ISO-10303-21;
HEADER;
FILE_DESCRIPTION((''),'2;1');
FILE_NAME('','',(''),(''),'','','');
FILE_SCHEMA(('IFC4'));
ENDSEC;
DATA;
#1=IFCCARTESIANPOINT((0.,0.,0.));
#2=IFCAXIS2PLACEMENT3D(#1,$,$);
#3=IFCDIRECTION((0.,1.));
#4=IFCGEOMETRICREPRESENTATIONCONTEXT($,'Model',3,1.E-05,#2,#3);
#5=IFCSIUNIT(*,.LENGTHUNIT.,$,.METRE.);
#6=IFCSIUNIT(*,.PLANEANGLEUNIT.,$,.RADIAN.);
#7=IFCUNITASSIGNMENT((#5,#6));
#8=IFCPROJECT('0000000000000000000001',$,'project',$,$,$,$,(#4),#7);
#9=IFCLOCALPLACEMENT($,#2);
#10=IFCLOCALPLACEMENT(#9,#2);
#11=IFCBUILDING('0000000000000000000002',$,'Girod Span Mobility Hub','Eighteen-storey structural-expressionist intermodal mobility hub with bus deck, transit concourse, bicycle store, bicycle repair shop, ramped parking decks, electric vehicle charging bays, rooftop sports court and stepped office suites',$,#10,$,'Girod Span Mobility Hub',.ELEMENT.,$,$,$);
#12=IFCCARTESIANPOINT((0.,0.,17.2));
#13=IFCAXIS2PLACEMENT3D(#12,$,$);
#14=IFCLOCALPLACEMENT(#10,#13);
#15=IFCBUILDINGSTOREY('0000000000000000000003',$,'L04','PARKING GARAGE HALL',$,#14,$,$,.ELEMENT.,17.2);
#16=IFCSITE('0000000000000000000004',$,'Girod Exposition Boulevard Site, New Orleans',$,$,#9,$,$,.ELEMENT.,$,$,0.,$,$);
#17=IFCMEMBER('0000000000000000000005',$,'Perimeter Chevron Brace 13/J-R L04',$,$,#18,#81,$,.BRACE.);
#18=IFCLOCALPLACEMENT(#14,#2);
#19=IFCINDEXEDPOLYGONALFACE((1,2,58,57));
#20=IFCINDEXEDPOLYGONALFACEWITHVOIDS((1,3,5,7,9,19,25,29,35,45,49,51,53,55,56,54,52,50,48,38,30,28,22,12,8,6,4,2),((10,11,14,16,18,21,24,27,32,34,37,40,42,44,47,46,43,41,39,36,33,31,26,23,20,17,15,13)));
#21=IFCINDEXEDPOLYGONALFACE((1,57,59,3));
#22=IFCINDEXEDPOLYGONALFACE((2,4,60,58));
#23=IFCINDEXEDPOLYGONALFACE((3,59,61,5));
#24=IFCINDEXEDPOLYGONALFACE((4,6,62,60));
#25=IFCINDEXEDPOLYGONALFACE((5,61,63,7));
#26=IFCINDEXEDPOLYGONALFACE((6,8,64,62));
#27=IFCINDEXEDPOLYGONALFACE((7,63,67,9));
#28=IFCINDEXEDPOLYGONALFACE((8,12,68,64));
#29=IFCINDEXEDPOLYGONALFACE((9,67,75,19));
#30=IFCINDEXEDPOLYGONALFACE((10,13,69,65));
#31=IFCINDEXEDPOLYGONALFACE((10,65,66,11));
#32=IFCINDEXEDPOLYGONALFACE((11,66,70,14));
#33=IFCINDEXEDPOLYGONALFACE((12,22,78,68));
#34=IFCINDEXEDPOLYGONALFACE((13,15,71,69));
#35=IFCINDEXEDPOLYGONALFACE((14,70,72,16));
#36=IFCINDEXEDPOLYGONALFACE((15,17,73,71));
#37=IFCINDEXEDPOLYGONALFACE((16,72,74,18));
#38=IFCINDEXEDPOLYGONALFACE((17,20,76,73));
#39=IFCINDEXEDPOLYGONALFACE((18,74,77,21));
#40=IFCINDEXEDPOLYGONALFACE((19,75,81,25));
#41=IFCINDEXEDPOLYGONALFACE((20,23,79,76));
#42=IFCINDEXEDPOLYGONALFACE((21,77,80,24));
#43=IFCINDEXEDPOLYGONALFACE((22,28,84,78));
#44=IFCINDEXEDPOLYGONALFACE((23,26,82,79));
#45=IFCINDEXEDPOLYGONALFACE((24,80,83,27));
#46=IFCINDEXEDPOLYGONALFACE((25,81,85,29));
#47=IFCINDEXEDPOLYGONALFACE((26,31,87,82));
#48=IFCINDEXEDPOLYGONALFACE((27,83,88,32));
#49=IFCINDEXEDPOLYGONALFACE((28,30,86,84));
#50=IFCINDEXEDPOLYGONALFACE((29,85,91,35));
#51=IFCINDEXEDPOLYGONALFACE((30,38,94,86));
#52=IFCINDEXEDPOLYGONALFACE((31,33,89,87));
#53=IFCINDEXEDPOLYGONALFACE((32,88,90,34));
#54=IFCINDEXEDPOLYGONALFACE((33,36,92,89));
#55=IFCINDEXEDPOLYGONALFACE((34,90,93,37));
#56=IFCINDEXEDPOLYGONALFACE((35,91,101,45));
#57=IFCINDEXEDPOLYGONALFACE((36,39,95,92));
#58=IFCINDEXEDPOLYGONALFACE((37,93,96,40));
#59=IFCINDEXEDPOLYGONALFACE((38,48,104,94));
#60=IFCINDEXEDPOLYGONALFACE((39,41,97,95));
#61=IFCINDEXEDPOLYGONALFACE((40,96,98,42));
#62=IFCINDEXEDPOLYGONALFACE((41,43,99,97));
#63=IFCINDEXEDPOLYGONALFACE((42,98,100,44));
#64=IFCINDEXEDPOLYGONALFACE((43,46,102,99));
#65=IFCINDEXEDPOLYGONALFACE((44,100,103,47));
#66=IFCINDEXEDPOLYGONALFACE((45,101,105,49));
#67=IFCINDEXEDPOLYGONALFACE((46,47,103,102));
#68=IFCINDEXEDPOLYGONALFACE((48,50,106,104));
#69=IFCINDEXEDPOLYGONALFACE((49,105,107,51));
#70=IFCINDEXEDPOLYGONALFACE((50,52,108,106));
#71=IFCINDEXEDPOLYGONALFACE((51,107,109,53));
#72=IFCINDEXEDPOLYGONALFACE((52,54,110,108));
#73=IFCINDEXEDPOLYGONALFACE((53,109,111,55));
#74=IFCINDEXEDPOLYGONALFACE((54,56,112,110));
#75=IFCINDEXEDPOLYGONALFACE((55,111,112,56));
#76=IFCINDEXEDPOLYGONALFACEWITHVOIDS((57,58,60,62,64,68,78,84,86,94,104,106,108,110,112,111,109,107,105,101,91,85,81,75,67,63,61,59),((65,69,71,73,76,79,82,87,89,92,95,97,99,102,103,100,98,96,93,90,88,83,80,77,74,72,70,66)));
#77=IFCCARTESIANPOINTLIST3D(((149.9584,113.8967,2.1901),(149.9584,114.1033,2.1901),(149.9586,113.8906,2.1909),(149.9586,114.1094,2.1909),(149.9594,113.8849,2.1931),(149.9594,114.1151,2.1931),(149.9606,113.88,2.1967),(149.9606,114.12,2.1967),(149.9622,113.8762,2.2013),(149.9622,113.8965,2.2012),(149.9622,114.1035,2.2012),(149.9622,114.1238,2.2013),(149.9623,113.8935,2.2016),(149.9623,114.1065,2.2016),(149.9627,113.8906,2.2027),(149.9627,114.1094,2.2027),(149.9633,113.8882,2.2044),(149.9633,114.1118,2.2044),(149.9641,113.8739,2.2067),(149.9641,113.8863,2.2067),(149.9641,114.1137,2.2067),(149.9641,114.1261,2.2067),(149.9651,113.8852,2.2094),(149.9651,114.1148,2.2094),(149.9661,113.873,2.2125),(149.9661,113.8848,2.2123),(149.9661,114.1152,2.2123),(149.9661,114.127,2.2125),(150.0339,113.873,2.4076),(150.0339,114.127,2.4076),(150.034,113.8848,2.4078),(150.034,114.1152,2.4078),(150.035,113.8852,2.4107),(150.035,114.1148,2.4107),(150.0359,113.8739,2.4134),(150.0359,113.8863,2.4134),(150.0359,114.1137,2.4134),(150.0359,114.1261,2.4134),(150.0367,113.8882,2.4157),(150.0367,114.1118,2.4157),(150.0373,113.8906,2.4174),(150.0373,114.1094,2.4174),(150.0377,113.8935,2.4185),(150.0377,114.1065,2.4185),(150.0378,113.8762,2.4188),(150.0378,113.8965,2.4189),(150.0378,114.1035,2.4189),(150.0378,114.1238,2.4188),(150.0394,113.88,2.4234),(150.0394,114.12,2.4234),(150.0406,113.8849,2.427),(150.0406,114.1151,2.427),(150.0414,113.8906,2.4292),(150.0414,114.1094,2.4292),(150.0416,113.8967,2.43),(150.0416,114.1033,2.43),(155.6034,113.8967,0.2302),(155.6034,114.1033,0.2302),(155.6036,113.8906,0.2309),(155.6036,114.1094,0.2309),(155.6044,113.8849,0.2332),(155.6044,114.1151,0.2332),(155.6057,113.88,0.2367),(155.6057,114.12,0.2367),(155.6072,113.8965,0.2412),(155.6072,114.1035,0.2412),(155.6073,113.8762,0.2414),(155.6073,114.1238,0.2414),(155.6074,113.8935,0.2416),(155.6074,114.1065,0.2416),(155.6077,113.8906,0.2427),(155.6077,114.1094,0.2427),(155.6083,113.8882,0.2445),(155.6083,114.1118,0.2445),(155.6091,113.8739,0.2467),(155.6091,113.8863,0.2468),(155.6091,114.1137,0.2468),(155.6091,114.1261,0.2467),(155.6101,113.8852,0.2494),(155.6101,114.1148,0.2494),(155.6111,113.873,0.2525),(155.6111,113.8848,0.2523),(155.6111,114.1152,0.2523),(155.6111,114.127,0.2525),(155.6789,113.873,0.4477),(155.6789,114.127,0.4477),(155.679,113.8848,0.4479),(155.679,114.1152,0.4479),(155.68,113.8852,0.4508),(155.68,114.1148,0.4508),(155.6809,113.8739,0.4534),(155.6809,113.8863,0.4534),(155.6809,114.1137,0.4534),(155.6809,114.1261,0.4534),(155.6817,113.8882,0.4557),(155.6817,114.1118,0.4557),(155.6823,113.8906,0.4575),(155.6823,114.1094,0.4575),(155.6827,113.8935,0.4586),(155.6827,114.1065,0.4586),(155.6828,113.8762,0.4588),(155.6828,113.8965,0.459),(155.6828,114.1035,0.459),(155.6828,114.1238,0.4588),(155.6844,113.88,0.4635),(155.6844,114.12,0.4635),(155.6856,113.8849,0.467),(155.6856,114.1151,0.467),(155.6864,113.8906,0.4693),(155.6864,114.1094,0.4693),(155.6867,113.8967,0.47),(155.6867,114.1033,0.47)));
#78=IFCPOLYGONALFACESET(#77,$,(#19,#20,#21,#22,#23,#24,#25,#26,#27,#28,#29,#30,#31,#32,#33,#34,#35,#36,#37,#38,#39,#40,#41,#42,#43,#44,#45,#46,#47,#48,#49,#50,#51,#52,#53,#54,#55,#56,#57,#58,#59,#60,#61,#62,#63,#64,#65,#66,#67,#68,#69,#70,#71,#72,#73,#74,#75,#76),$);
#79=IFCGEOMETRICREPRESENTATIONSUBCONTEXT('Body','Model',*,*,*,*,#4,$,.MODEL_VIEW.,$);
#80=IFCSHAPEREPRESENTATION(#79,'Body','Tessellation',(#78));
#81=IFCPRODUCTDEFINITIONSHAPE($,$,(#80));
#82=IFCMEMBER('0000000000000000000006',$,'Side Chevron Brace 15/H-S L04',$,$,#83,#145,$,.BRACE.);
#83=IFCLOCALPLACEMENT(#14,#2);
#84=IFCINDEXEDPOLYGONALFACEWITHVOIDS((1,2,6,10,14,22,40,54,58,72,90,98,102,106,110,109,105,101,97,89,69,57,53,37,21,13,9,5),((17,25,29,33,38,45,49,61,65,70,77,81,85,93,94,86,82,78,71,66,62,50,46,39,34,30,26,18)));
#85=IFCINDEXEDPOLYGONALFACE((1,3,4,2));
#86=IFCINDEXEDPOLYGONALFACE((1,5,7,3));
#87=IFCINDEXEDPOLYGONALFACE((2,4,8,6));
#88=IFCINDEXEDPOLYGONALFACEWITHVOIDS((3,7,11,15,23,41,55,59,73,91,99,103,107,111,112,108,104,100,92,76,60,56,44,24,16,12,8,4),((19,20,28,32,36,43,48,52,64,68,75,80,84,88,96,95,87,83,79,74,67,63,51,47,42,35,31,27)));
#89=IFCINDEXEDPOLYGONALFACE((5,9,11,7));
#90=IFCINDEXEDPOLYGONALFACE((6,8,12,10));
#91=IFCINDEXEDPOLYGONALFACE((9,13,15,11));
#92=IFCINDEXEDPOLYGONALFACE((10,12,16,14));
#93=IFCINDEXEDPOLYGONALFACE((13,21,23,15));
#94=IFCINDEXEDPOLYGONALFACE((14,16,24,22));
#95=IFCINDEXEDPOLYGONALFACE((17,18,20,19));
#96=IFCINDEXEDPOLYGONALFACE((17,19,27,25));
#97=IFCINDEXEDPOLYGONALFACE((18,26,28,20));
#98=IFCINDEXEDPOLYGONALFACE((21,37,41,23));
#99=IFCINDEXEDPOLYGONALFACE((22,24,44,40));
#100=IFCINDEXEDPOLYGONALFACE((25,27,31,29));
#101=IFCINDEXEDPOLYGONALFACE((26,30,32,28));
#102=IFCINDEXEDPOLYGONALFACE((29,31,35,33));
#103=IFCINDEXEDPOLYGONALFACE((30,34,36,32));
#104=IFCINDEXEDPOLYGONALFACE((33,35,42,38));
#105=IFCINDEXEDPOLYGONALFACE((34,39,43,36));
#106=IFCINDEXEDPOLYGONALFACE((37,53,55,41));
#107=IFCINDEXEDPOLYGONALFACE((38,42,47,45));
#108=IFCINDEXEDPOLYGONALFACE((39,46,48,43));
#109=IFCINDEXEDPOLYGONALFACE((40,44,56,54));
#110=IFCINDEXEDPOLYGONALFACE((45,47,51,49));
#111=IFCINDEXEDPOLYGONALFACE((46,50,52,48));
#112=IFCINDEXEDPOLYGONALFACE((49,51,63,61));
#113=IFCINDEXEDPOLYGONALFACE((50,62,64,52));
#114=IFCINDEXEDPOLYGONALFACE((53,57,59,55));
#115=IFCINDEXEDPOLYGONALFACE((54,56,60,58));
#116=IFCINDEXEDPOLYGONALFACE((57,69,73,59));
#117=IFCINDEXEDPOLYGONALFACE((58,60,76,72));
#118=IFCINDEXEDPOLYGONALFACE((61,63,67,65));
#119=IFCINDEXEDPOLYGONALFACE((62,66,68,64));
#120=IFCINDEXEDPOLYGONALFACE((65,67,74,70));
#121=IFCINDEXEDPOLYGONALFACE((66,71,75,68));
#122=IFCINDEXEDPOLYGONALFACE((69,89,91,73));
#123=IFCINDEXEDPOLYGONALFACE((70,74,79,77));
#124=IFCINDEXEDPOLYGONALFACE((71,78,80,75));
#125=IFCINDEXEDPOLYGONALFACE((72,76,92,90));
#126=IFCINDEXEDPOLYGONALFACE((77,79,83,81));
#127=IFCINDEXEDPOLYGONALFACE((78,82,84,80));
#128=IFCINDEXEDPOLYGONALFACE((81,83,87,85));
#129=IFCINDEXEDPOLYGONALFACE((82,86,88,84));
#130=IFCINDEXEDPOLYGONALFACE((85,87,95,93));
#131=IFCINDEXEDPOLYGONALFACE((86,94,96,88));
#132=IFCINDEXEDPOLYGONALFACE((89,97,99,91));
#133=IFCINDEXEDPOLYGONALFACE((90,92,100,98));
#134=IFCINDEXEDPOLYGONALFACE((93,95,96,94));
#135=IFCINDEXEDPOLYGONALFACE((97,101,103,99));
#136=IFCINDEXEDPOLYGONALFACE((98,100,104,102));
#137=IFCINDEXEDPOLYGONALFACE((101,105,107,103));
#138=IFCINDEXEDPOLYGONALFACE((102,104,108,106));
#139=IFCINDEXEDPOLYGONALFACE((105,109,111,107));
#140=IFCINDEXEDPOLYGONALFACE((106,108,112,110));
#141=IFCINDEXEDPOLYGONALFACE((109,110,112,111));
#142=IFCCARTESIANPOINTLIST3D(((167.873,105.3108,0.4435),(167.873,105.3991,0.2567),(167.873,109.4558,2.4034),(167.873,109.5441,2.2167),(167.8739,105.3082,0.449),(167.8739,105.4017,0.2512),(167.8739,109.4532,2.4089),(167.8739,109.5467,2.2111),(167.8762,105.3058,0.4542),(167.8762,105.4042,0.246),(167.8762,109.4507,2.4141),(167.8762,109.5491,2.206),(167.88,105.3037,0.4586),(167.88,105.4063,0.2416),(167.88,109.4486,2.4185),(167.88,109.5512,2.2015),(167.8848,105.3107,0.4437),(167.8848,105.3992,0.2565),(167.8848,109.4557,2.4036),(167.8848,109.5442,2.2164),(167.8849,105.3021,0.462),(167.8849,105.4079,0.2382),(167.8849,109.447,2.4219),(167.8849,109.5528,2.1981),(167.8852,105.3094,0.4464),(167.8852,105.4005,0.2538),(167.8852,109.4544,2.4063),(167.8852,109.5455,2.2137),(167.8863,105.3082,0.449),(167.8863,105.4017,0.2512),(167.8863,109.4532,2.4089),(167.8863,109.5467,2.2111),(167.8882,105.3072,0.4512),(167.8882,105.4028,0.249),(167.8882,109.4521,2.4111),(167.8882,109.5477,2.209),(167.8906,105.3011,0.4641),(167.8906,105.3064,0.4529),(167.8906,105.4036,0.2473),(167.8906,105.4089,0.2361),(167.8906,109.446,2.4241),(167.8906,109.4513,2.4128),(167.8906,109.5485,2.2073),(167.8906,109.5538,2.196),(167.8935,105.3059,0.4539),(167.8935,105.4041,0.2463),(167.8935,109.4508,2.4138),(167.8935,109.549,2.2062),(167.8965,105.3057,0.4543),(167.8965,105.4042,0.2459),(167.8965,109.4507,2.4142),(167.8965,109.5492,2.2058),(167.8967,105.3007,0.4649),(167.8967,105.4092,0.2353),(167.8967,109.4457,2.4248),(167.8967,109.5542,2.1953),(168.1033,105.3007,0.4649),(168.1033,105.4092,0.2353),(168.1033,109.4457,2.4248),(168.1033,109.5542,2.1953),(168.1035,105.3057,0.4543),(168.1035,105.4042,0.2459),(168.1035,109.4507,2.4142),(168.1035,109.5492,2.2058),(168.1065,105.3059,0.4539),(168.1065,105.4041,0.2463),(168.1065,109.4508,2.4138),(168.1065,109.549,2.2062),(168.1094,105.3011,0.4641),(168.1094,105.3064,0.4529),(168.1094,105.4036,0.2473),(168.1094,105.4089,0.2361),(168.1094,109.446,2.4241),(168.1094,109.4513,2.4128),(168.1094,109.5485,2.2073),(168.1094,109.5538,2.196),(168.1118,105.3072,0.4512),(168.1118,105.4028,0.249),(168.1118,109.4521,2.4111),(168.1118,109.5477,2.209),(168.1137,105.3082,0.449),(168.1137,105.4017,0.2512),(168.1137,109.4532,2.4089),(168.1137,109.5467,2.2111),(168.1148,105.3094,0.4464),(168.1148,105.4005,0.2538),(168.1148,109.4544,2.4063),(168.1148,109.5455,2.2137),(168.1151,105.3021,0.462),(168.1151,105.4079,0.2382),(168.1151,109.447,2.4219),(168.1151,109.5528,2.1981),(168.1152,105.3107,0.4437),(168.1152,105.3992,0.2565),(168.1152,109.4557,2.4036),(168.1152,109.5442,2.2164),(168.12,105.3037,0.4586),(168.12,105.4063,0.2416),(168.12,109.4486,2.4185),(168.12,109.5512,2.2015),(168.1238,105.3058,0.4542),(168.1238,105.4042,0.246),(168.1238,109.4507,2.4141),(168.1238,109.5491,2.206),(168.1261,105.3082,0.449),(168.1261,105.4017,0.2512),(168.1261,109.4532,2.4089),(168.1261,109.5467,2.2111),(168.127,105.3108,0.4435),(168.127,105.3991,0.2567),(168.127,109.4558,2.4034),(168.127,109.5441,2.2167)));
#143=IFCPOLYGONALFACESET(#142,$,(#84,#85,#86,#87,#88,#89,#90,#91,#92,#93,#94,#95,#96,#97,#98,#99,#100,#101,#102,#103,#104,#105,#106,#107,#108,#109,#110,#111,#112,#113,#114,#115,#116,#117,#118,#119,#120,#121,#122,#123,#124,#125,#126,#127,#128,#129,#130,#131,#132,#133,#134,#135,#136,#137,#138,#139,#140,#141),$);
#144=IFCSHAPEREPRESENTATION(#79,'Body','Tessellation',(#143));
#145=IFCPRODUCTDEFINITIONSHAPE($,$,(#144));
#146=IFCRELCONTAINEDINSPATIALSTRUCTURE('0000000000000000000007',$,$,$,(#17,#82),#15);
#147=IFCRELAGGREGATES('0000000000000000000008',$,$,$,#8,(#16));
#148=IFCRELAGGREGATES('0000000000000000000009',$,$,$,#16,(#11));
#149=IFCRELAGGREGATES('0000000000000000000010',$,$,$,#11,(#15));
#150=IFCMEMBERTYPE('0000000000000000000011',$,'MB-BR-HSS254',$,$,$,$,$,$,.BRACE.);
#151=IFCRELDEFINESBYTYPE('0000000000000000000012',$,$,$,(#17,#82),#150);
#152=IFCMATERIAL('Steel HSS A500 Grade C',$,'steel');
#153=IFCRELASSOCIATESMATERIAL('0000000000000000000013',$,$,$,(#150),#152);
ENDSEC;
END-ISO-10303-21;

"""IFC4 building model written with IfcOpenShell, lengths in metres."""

from ifc_helpers import new_model, si_unit, direction, frame, origin, origin_2d, place, context, subcontext, project, spatial, hollow_rectangle, extrude, material, material_profile, profile_set, type_object, element, save


model = new_model("IFC4")

# Units and contexts
model_context = context("Model", 3, precision=1e-05, world=origin(), true_north=direction((0.0, 1.0)))
body_context = subcontext(model_context, "Body", "Model", "MODEL_VIEW")
ifc_project = project(units=[si_unit("LENGTHUNIT", "METRE"), si_unit("PLANEANGLEUNIT", "RADIAN")], contexts=[model_context])

# Site, building, storey
site_placement = place(None, origin())
site = spatial("IfcSite", under=ifc_project, at=site_placement, Name="Girod Exposition Boulevard Site, New Orleans", CompositionType="ELEMENT", RefElevation=0.0)
building_placement = place(site_placement, origin())
building = spatial("IfcBuilding", under=site, at=building_placement, Name="Girod Span Mobility Hub", Description="Eighteen-storey structural-expressionist intermodal mobility hub with bus deck, transit concourse, bicycle store, bicycle repair shop, ramped parking decks, electric vehicle charging bays, rooftop sports court and stepped office suites", LongName="Girod Span Mobility Hub", CompositionType="ELEMENT")
storey_placement = place(building_placement, frame((0.0, 0.0, 17.2)))
storey = spatial("IfcBuildingStorey", under=building, at=storey_placement, Name="L04", Description="PARKING GARAGE HALL", CompositionType="ELEMENT", Elevation=17.2)

# Members
ifc_material_1 = material(Name="Steel HSS A500 Grade C", Category="steel")
ifc_material_profile_1 = material_profile(ifc_material_1, hollow_rectangle(XDim=0.2539, YDim=0.2539, WallThickness=0.0117, InnerFilletRadius=0.0117, OuterFilletRadius=0.0237, at=origin_2d()), Name="HSS254X254X12.7")
ifc_profile_set_1 = profile_set([ifc_material_profile_1], Name="Steel HSS A500 Grade C")
member_type = type_object("IfcMemberType", Name="MB-BR-HSS254", PredefinedType="BRACE", material=ifc_profile_set_1)
member_placement = place(storey_placement, frame((155.645, 114.0, 0.3501), z_axis=(-0.94468, 0.0, 0.327994), x_axis=(0.0, -1.0, 0.0)))
element("IfcMember", 1, at=member_placement, inside=storey, type_object=member_type, Name="Perimeter Chevron Brace 13/J-R L04", PredefinedType="BRACE", context=body_context, shape_type="SweptSolid", body=[
    extrude(hollow_rectangle(XDim=0.2539, YDim=0.2539, WallThickness=0.0117, InnerFilletRadius=0.0117, OuterFilletRadius=0.0237, at=origin_2d()), origin(), (0.0, 0.0, 1.0), 5.9756),
])
for number, where, z_axis, x_axis, name in (
    (2, (168.0, 105.355, 0.3501), (0.0, 0.90403, 0.427468), (-1.0, 0.0, 0.0), "Side Chevron Brace 15/H-S L04"),
):
    element("IfcMember", number, at=place(storey_placement, frame(where, z_axis=z_axis, x_axis=x_axis)), inside=storey, type_object=member_type, Name=name, PredefinedType="BRACE", context=body_context, shape_type="SweptSolid", body=[
        extrude(hollow_rectangle(XDim=0.2539, YDim=0.2539, WallThickness=0.0117, InnerFilletRadius=0.0117, OuterFilletRadius=0.0237, at=origin_2d()), origin(), (0.0, 0.0, 1.0), 4.585),
    ])

save(model, "model.ifc")
